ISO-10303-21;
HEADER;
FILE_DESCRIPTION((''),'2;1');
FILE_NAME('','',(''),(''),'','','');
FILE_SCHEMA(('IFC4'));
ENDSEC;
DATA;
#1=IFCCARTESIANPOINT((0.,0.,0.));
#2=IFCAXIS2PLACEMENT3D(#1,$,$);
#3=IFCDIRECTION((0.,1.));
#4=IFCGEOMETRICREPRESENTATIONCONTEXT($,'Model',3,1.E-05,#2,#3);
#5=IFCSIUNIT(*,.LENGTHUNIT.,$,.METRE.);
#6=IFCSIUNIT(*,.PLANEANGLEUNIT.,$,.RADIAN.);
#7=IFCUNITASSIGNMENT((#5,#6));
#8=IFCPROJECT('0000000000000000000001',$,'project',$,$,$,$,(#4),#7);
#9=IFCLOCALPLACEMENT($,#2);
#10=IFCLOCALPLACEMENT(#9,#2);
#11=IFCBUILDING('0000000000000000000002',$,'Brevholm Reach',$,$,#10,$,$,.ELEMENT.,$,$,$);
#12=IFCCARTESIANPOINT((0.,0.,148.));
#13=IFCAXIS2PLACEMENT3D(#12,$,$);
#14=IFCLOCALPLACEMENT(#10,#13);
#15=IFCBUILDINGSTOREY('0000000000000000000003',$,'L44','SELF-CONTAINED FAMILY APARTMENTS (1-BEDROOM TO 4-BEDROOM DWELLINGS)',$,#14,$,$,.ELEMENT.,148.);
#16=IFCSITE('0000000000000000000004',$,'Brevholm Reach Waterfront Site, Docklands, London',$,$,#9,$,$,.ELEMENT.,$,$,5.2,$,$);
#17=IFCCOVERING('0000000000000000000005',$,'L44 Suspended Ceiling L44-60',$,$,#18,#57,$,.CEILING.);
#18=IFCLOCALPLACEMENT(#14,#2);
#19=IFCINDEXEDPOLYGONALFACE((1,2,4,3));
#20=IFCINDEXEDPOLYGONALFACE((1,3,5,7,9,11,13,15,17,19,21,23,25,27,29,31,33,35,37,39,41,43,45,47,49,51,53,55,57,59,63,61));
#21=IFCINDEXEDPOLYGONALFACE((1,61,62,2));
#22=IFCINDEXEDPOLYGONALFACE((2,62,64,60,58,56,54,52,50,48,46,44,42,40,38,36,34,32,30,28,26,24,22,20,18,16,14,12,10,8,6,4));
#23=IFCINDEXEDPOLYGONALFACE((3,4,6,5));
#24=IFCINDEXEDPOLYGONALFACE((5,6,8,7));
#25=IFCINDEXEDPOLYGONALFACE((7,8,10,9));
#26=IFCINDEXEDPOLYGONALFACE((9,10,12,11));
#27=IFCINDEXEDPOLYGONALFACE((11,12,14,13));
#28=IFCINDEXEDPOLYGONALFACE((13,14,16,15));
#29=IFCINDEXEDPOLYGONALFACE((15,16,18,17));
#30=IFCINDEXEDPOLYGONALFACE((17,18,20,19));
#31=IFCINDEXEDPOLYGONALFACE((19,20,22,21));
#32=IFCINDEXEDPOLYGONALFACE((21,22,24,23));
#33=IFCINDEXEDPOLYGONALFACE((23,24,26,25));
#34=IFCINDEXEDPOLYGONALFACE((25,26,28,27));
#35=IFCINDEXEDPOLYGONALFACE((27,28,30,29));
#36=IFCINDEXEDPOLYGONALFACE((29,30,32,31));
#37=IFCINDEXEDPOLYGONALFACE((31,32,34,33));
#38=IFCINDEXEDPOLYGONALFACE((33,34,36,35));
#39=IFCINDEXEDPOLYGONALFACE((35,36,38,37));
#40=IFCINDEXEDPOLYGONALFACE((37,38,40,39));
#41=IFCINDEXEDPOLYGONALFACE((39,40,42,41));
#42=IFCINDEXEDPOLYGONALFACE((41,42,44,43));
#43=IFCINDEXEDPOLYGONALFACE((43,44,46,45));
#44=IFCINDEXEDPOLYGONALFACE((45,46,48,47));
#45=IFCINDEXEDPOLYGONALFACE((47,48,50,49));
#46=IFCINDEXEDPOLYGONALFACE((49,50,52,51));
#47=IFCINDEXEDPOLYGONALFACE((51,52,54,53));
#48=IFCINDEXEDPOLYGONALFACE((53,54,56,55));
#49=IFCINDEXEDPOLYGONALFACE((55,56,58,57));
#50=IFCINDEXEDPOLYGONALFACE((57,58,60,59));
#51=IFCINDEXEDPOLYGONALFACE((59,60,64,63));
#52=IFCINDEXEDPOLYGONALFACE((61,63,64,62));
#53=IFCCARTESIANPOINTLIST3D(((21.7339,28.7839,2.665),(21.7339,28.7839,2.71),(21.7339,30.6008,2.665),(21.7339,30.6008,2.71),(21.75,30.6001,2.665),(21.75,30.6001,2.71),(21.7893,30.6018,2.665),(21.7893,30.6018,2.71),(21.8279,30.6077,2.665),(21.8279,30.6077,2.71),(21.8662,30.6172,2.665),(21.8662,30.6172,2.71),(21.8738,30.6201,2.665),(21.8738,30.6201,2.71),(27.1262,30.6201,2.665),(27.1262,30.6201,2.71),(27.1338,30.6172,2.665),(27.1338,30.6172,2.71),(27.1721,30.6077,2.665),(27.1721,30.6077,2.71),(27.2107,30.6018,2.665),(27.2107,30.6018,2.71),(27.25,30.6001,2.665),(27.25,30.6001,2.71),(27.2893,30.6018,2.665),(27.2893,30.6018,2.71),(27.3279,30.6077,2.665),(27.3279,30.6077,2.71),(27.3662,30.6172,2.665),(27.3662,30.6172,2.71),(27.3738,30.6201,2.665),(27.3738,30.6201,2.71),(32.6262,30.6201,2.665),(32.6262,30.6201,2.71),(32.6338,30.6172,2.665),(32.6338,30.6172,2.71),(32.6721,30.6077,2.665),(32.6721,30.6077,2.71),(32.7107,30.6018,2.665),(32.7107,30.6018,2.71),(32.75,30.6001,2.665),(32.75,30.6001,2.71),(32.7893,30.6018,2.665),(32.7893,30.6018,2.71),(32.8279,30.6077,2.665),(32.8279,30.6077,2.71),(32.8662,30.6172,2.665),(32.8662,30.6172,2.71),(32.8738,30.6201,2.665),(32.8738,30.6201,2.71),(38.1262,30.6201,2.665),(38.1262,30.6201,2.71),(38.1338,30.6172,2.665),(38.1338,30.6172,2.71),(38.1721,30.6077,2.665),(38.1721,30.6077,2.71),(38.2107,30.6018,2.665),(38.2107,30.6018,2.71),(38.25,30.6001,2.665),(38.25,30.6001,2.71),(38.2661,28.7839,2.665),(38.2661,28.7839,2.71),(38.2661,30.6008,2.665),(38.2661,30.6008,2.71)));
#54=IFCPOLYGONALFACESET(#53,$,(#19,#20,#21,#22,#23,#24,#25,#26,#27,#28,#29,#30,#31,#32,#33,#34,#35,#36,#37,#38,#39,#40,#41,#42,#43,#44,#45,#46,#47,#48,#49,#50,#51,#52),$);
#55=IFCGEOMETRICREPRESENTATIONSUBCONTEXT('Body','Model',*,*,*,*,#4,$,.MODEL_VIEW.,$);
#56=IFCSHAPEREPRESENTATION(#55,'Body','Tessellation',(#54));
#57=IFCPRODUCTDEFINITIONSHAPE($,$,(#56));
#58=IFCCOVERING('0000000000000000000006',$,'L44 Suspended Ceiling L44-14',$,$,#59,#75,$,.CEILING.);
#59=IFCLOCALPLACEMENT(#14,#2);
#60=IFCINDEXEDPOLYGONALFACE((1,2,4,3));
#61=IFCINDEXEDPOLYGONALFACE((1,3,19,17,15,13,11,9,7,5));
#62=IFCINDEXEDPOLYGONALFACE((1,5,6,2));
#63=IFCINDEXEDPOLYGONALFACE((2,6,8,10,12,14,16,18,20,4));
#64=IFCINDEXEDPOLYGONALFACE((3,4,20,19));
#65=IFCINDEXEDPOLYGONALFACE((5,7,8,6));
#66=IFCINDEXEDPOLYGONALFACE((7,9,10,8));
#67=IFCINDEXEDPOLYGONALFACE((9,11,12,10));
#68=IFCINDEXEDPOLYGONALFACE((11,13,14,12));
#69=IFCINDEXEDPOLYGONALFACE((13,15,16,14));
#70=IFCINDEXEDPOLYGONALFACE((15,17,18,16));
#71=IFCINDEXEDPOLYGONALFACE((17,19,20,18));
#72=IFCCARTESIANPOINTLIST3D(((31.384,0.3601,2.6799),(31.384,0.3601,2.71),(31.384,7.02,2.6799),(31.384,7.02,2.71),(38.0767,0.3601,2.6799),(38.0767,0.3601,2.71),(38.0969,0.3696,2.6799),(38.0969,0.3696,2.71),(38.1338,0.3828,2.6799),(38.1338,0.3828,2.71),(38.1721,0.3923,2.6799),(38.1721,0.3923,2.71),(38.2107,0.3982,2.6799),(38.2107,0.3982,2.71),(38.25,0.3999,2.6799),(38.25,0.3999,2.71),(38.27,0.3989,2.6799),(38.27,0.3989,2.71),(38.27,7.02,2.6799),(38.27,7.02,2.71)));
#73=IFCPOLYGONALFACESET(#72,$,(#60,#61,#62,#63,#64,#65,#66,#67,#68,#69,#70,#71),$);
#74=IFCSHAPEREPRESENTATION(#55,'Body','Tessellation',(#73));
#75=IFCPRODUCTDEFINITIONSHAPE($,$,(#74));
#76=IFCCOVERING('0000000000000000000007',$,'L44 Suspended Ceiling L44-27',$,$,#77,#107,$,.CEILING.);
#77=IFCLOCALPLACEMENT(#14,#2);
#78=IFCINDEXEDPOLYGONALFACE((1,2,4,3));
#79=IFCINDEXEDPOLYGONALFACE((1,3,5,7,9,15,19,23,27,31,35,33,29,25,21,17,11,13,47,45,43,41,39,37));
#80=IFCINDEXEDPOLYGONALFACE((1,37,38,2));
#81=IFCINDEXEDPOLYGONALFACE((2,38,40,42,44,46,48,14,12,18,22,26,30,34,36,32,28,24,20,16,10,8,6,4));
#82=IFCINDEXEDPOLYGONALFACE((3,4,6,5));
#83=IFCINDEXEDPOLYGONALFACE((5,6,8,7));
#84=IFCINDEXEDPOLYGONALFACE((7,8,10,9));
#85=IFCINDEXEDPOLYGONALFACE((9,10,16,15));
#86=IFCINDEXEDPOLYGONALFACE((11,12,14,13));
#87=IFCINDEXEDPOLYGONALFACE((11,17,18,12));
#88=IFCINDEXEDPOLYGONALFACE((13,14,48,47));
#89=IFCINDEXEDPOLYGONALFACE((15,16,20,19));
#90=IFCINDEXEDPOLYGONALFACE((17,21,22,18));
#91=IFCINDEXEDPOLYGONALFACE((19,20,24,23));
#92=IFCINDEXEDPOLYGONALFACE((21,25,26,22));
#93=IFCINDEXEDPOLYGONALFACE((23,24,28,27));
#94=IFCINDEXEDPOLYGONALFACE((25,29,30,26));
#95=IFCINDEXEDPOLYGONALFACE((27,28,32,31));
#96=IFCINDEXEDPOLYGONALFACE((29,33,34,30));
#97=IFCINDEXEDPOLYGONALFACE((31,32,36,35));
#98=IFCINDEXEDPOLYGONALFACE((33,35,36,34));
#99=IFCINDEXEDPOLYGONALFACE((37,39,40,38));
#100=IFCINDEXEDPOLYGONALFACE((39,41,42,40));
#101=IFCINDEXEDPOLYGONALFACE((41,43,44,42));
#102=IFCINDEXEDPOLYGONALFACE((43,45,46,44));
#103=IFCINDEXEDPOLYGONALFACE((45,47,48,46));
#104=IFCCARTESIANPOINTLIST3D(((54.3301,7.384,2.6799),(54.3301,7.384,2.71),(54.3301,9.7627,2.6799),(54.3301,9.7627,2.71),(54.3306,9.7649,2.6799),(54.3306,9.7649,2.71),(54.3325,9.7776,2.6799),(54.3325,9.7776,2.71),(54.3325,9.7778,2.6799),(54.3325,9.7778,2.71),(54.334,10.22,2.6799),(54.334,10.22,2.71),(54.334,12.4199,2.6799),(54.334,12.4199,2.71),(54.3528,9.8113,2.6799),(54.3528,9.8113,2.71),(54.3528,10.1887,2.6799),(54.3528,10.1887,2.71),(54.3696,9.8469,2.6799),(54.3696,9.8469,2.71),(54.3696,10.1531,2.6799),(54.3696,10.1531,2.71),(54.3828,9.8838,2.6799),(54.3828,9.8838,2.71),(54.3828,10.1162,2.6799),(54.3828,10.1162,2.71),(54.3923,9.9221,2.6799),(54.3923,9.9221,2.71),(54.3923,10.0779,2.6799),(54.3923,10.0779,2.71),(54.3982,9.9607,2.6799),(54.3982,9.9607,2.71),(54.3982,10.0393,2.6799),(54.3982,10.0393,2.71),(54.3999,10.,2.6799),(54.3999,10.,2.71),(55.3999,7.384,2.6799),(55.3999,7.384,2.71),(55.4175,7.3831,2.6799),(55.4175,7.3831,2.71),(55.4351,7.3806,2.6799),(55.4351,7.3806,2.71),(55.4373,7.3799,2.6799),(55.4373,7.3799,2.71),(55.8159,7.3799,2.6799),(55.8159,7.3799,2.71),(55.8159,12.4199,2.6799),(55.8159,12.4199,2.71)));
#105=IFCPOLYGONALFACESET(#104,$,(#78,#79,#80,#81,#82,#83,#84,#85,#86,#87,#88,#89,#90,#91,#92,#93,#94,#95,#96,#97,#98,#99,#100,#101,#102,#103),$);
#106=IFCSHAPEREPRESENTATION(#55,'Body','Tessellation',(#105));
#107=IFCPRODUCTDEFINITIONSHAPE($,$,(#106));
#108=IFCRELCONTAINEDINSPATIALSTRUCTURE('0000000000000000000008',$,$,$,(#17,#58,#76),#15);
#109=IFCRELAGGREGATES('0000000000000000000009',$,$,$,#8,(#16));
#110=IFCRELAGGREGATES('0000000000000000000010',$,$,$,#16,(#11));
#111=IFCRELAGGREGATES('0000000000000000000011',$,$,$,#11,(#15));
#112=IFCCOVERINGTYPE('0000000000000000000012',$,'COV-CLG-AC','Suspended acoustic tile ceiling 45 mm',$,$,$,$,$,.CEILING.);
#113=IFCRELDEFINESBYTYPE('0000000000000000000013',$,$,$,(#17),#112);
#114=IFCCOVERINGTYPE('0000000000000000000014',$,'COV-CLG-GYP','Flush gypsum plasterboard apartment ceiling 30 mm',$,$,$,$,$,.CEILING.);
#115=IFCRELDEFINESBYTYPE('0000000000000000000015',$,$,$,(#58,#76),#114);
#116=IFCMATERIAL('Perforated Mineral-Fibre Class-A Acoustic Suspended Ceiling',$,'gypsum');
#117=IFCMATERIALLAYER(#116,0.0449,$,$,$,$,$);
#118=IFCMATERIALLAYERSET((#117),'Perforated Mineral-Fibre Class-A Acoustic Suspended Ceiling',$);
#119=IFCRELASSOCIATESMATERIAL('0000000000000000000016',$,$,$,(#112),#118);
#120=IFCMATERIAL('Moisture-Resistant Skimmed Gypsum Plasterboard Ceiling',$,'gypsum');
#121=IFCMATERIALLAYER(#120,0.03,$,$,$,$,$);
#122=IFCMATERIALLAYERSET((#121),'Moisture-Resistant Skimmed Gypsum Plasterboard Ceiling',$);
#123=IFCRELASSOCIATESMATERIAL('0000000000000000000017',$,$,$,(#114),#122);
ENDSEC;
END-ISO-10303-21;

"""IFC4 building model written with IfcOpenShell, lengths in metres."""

from ifc_helpers import new_model, si_unit, direction, frame, origin, place, context, subcontext, project, spatial, polyline, outline, extrude, material, layer, layer_set, type_object, element, save


model = new_model("IFC4")

# Units and contexts
model_context = context("Model", 3, precision=1e-05, world=origin(), true_north=direction((0.0, 1.0)))
body_context = subcontext(model_context, "Body", "Model", "MODEL_VIEW")
ifc_project = project(units=[si_unit("LENGTHUNIT", "METRE"), si_unit("PLANEANGLEUNIT", "RADIAN")], contexts=[model_context])

# Site, building, storey
site_placement = place(None, origin())
site = spatial("IfcSite", under=ifc_project, at=site_placement, Name="Brevholm Reach Waterfront Site, Docklands, London", CompositionType="ELEMENT", RefElevation=5.2)
building_placement = place(site_placement, origin())
building = spatial("IfcBuilding", under=site, at=building_placement, Name="Brevholm Reach", CompositionType="ELEMENT")
storey_placement = place(building_placement, frame((0.0, 0.0, 148.0)))
storey = spatial("IfcBuildingStorey", under=building, at=storey_placement, Name="L44", Description="SELF-CONTAINED FAMILY APARTMENTS (1-BEDROOM TO 4-BEDROOM DWELLINGS)", CompositionType="ELEMENT", Elevation=148.0)

# Coverings
ifc_material_1 = material(Name="Perforated Mineral-Fibre Class-A Acoustic Suspended Ceiling", Category="gypsum")
ifc_layer_1 = layer(ifc_material_1, 0.0449)
ifc_layer_set_1 = layer_set([ifc_layer_1], Name="Perforated Mineral-Fibre Class-A Acoustic Suspended Ceiling")
covering_type_1 = type_object("IfcCoveringType", Name="COV-CLG-AC", Description="Suspended acoustic tile ceiling 45 mm", PredefinedType="CEILING", material=ifc_layer_set_1)
covering_1_placement = place(storey_placement, frame((0.0, 0.0, 2.665)))
element("IfcCovering", 1, at=covering_1_placement, inside=storey, type_object=covering_type_1, Name="L44 Suspended Ceiling L44-60", PredefinedType="CEILING", context=body_context, shape_type="SweptSolid", body=[
    extrude(outline(polyline([(27.1262, 30.6201), (27.1338, 30.6172), (27.1721, 30.6077), (27.2107, 30.6018), (27.25, 30.6001), (27.2893, 30.6018), (27.3279, 30.6077), (27.3662, 30.6172), (27.3738, 30.6201), (32.6262, 30.6201), (32.6338, 30.6172), (32.6721, 30.6077), (32.7107, 30.6018), (32.75, 30.6001), (32.7893, 30.6018), (32.8279, 30.6077), (32.8662, 30.6172), (32.8738, 30.6201), (38.1262, 30.6201), (38.1338, 30.6172), (38.1721, 30.6077), (38.2107, 30.6018), (38.25, 30.6001), (38.2661, 30.6008), (38.2661, 28.7839), (21.7339, 28.7839), (21.7339, 30.6008), (21.75, 30.6001), (21.7893, 30.6018), (21.8279, 30.6077), (21.8662, 30.6172), (21.8738, 30.6201), (27.1262, 30.6201)])), origin(), (0.0, 0.0, 1.0), 0.0449),
])
ifc_material_2 = material(Name="Moisture-Resistant Skimmed Gypsum Plasterboard Ceiling", Category="gypsum")
ifc_layer_2 = layer(ifc_material_2, 0.03)
ifc_layer_set_2 = layer_set([ifc_layer_2], Name="Moisture-Resistant Skimmed Gypsum Plasterboard Ceiling")
covering_type_2 = type_object("IfcCoveringType", Name="COV-CLG-GYP", Description="Flush gypsum plasterboard apartment ceiling 30 mm", PredefinedType="CEILING", material=ifc_layer_set_2)
covering_2_placement = place(storey_placement, frame((0.0, 0.0, 2.6799)))
element("IfcCovering", 2, at=covering_2_placement, inside=storey, type_object=covering_type_2, Name="L44 Suspended Ceiling L44-14", PredefinedType="CEILING", context=body_context, shape_type="SweptSolid", body=[
    extrude(outline(polyline([(38.27, 7.02), (38.27, 0.3989), (38.25, 0.3999), (38.2107, 0.3982), (38.1721, 0.3923), (38.1338, 0.3828), (38.0969, 0.3696), (38.0767, 0.3601), (31.384, 0.3601), (31.384, 7.02), (38.27, 7.02)])), origin(), (0.0, 0.0, 1.0), 0.03),
])
covering_3_placement = place(storey_placement, frame((0.0, 0.0, 2.6799)))
element("IfcCovering", 3, at=covering_3_placement, inside=storey, type_object=covering_type_2, Name="L44 Suspended Ceiling L44-27", PredefinedType="CEILING", context=body_context, shape_type="SweptSolid", body=[
    extrude(outline(polyline([(54.3301, 9.7627), (54.3306, 9.7649), (54.3325, 9.7776), (54.3325, 9.7778), (54.3528, 9.8113), (54.3696, 9.8469), (54.3828, 9.8838), (54.3923, 9.9221), (54.3982, 9.9607), (54.3999, 10.0), (54.3982, 10.0393), (54.3923, 10.0779), (54.3828, 10.1162), (54.3696, 10.1531), (54.3528, 10.1887), (54.334, 10.22), (54.334, 12.4199), (55.8159, 12.4199), (55.8159, 7.3799), (55.4373, 7.3799), (55.4351, 7.3806), (55.4175, 7.3831), (55.3999, 7.384), (54.3301, 7.384), (54.3301, 9.7627)])), origin(), (0.0, 0.0, 1.0), 0.03),
])

save(model, "model.ifc")
